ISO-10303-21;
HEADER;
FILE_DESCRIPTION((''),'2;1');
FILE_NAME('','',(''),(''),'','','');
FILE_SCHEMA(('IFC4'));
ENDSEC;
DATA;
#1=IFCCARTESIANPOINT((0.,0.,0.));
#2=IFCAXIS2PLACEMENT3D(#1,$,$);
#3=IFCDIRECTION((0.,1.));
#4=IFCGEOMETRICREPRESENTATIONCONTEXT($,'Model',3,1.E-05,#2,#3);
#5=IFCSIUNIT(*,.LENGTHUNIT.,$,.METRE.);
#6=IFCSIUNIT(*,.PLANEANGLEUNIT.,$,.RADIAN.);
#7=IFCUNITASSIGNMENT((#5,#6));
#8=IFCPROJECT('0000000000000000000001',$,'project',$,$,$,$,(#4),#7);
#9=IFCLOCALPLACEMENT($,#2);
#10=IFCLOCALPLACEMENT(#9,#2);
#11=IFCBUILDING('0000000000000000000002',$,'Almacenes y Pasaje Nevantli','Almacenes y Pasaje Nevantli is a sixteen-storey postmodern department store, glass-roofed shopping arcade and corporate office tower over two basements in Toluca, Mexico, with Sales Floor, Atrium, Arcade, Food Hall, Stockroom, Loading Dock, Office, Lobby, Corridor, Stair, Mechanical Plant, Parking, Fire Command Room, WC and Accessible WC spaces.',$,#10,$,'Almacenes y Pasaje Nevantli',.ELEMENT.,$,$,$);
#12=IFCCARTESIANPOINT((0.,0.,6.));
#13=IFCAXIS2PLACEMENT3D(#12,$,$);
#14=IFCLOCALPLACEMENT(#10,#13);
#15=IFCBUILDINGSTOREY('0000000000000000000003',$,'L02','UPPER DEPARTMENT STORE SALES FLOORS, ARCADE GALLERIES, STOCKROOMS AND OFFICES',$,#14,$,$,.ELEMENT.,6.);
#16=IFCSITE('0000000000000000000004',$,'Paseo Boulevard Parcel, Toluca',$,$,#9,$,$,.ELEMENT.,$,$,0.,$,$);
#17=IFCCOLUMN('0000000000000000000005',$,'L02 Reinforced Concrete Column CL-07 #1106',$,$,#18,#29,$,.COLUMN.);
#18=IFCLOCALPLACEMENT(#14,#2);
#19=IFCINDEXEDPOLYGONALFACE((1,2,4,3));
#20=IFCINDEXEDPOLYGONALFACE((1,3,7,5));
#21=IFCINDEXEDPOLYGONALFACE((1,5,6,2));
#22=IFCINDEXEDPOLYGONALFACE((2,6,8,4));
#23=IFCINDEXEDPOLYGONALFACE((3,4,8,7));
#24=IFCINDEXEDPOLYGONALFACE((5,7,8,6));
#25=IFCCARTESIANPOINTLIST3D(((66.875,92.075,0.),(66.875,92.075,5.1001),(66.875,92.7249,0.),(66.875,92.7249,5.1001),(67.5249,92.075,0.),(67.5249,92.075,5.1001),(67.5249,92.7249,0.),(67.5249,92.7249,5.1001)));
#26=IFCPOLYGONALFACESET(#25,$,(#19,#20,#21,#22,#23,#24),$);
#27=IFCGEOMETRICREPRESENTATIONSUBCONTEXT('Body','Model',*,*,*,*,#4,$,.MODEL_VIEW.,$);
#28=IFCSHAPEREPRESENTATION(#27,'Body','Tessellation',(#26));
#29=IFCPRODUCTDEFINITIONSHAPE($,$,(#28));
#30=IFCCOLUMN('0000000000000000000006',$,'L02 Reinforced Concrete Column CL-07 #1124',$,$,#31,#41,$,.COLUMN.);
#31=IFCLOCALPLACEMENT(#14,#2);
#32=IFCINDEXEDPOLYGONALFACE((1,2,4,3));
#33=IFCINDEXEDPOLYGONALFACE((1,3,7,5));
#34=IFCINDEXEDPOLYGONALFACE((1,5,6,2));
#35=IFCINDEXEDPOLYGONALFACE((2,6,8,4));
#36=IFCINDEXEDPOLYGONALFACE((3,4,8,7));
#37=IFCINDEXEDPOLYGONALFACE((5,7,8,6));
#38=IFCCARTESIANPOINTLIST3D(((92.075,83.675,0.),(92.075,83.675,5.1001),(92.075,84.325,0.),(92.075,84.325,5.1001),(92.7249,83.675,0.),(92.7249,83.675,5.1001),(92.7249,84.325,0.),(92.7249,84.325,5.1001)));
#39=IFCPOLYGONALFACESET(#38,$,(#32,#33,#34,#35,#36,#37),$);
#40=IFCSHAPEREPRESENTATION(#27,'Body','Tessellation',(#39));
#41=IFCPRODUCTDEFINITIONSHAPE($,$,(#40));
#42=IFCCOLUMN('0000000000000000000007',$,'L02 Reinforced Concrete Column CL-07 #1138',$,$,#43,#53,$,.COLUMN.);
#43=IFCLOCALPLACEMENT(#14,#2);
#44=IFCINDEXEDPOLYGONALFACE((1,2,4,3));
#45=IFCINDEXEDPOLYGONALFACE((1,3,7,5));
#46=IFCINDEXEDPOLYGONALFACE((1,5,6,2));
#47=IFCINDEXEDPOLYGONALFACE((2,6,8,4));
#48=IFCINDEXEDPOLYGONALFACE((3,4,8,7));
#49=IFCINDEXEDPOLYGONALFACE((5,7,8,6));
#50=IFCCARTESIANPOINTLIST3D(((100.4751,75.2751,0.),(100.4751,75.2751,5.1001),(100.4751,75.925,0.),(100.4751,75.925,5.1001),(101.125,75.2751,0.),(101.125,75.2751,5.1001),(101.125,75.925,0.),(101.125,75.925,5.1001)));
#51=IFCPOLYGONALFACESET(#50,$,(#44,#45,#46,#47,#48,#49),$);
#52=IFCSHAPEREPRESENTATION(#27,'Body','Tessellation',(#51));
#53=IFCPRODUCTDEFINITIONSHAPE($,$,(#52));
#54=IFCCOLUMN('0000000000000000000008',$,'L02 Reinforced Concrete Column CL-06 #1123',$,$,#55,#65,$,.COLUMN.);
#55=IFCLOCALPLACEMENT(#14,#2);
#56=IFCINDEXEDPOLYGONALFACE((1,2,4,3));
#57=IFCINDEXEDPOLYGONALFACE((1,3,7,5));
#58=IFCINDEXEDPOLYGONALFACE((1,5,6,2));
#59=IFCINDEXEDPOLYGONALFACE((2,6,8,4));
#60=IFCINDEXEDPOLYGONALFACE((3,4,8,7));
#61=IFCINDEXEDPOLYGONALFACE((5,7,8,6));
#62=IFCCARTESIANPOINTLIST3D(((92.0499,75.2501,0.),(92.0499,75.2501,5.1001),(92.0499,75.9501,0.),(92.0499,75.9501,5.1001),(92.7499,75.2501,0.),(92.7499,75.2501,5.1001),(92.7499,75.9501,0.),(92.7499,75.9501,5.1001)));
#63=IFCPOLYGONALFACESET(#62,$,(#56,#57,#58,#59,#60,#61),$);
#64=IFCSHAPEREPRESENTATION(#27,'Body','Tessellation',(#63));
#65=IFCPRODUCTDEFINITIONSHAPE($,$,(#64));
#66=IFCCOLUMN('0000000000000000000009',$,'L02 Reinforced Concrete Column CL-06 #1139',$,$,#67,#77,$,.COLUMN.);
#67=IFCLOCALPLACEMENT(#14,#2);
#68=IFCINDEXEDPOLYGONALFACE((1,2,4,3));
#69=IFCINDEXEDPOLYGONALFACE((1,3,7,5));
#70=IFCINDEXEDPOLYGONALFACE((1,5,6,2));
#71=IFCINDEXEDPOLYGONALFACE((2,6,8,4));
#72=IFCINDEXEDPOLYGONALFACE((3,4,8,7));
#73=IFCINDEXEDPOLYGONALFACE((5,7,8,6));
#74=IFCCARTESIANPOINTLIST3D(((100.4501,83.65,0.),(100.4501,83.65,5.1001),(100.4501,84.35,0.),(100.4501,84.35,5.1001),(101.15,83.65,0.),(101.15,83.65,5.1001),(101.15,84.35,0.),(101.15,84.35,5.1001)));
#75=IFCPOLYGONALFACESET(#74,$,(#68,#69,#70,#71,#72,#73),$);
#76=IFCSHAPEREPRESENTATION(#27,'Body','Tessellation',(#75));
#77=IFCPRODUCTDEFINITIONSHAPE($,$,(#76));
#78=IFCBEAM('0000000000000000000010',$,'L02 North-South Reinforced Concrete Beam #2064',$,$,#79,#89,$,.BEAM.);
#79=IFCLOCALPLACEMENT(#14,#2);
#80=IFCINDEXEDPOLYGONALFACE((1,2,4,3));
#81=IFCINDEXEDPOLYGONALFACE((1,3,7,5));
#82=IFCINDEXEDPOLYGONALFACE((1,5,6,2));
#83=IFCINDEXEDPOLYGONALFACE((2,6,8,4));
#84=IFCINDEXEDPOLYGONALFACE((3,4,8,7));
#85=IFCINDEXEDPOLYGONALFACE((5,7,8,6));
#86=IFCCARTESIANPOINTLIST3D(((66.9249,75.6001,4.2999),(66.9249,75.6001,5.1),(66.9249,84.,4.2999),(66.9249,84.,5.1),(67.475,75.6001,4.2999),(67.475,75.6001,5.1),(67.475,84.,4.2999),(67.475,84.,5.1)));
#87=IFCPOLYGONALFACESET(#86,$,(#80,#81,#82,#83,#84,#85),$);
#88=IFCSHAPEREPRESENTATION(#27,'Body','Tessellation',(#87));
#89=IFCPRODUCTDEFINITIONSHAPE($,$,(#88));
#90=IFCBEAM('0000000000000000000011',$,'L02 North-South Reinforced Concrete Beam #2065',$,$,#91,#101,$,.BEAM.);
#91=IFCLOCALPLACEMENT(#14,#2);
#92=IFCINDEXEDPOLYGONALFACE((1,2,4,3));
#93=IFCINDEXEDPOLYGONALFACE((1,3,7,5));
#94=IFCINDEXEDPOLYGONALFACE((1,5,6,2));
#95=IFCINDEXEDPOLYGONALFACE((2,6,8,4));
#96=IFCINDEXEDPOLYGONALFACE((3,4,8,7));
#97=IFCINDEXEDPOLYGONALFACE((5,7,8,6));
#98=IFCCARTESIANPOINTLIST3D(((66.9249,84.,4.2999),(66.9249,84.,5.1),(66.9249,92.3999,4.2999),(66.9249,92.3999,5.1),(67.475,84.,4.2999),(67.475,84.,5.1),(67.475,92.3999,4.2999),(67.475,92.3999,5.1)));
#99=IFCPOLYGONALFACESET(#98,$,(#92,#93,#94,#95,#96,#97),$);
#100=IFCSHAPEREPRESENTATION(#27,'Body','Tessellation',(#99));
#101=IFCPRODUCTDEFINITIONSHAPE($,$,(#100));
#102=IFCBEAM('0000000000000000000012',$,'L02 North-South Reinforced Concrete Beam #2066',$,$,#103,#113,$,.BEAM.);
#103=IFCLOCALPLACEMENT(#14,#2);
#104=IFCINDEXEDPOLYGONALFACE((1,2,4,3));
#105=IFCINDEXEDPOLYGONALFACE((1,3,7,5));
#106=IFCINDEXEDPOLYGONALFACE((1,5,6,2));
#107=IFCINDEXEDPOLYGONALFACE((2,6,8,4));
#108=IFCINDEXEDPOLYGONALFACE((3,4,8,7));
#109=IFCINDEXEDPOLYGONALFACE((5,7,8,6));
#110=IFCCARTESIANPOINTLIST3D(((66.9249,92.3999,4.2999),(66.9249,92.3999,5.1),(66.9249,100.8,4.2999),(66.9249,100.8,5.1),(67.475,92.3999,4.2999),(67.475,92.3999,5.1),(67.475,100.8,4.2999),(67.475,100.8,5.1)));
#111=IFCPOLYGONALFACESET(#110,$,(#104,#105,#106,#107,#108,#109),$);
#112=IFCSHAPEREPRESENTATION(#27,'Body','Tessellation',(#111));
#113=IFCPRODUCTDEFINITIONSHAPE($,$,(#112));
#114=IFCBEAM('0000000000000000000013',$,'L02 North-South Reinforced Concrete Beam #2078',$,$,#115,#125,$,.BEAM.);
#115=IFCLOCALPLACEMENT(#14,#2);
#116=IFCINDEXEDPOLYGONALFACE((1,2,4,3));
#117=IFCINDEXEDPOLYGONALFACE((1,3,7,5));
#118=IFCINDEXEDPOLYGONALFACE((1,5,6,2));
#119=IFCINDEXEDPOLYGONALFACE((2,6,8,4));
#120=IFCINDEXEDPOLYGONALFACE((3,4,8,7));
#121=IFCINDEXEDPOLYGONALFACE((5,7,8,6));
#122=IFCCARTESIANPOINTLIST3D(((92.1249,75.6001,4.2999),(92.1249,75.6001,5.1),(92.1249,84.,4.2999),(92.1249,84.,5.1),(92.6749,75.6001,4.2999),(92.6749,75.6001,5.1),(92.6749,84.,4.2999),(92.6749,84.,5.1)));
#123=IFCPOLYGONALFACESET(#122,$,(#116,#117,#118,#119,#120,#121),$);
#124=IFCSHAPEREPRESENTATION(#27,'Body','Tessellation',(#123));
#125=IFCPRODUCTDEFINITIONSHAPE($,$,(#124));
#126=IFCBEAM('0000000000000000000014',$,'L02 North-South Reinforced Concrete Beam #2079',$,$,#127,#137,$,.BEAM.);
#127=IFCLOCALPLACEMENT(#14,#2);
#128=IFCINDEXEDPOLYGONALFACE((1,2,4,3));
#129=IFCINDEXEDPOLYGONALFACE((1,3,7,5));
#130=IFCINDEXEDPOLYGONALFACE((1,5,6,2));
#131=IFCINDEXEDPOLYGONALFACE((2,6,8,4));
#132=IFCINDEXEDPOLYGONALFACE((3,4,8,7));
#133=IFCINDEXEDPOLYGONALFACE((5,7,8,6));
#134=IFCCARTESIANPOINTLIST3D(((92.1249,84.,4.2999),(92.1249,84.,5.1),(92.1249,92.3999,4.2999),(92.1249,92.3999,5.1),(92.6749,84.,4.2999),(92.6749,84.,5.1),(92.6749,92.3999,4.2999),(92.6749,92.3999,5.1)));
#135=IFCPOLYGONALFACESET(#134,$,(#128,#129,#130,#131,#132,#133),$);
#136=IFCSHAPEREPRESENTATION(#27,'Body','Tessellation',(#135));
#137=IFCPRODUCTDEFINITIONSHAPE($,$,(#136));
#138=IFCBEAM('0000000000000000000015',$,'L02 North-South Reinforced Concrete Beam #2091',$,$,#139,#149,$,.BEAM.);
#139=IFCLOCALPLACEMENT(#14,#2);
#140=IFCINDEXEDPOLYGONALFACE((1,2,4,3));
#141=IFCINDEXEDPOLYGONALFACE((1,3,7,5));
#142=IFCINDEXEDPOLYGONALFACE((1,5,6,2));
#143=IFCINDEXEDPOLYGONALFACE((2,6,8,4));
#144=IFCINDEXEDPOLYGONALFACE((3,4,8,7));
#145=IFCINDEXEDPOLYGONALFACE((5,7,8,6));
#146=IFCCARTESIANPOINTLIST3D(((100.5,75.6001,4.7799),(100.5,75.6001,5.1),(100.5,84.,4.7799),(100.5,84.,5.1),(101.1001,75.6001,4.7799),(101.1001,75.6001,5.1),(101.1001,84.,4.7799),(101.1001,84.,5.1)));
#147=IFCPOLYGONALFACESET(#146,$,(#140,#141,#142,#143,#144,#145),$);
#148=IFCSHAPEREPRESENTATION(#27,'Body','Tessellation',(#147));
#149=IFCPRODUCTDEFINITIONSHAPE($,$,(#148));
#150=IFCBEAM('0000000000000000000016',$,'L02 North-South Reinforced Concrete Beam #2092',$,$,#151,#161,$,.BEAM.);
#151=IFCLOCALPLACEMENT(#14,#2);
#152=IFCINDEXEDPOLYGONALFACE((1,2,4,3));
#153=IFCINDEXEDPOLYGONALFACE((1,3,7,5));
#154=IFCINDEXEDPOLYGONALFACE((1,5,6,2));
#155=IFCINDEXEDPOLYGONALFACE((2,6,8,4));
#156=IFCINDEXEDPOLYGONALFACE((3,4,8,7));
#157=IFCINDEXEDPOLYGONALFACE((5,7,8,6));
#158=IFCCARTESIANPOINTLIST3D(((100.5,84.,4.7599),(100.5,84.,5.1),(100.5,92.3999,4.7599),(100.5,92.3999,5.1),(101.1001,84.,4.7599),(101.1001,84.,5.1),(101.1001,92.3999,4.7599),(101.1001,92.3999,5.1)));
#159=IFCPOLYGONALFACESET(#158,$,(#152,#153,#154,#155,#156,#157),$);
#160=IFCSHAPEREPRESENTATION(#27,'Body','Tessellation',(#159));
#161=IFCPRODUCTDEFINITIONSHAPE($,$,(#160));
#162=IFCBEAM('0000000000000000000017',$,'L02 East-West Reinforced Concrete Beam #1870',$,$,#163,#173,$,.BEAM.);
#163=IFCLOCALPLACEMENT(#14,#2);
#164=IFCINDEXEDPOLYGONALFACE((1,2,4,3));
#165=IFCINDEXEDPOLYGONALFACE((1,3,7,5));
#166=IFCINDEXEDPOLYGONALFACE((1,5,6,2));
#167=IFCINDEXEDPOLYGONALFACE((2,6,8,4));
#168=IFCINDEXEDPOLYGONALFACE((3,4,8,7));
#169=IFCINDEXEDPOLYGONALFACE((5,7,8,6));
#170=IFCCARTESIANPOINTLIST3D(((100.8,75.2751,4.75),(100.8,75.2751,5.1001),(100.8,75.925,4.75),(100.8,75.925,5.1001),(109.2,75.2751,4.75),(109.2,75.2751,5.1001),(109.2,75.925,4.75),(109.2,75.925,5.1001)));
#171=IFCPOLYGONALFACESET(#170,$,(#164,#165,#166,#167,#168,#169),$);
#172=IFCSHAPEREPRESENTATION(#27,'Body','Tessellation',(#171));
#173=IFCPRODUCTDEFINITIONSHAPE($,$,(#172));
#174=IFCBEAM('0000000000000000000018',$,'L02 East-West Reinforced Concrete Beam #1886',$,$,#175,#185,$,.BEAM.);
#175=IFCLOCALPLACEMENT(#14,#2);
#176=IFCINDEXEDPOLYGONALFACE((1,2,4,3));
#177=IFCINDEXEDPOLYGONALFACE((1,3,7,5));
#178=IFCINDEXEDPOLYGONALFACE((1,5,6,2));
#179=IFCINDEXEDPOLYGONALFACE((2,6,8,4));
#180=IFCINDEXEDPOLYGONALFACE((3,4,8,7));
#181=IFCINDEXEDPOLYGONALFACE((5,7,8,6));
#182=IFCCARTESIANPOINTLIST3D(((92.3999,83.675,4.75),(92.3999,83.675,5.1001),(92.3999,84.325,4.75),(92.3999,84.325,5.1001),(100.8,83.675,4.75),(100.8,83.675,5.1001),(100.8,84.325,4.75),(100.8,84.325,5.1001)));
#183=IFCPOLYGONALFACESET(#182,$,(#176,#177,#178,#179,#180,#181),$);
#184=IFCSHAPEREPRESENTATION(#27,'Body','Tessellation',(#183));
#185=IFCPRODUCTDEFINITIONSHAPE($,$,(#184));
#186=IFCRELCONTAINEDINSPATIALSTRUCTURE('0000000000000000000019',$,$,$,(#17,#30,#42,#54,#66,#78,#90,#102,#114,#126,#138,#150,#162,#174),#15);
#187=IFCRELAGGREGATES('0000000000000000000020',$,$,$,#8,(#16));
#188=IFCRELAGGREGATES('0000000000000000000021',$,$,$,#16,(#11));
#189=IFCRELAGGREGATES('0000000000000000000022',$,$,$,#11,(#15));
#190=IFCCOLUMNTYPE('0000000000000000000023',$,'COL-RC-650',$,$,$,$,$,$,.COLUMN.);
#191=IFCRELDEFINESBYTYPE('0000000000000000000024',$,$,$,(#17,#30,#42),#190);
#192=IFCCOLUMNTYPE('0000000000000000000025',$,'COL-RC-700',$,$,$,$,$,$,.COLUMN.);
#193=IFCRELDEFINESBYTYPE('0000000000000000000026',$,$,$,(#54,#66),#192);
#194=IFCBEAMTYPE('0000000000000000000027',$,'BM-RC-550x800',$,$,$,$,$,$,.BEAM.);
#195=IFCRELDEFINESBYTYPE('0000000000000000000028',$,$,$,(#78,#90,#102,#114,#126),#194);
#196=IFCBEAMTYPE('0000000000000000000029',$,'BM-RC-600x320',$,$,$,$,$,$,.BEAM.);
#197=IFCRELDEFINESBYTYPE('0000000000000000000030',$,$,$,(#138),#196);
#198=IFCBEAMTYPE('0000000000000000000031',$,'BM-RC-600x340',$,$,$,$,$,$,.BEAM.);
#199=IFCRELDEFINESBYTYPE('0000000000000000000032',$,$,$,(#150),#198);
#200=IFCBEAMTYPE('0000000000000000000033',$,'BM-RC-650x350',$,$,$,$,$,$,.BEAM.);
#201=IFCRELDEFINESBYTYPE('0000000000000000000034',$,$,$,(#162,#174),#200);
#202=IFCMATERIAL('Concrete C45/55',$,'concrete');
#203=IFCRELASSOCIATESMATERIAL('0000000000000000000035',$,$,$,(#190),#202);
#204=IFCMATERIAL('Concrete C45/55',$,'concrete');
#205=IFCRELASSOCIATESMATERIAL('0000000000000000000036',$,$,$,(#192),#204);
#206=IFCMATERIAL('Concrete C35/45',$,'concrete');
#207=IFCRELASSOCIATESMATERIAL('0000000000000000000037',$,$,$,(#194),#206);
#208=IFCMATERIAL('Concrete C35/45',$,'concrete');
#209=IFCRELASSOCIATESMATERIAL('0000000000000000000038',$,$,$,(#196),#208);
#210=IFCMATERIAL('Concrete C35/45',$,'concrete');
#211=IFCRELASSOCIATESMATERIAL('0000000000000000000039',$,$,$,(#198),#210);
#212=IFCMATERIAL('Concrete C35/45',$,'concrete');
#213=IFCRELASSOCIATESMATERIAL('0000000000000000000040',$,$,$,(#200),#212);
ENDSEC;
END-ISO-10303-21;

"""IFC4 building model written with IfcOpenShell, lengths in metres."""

from ifc_helpers import new_model, si_unit, direction, frame, origin, origin_2d, place, context, subcontext, project, spatial, rectangle, extrude, material, material_profile, profile_set, type_object, element, save


model = new_model("IFC4")

# Units and contexts
model_context = context("Model", 3, precision=1e-05, world=origin(), true_north=direction((0.0, 1.0)))
body_context = subcontext(model_context, "Body", "Model", "MODEL_VIEW")
ifc_project = project(units=[si_unit("LENGTHUNIT", "METRE"), si_unit("PLANEANGLEUNIT", "RADIAN")], contexts=[model_context])

# Site, building, storey
site_placement = place(None, origin())
site = spatial("IfcSite", under=ifc_project, at=site_placement, Name="Paseo Boulevard Parcel, Toluca", CompositionType="ELEMENT", RefElevation=0.0)
building_placement = place(site_placement, origin())
building = spatial("IfcBuilding", under=site, at=building_placement, Name="Almacenes y Pasaje Nevantli", Description="Almacenes y Pasaje Nevantli is a sixteen-storey postmodern department store, glass-roofed shopping arcade and corporate office tower over two basements in Toluca, Mexico, with Sales Floor, Atrium, Arcade, Food Hall, Stockroom, Loading Dock, Office, Lobby, Corridor, Stair, Mechanical Plant, Parking, Fire Command Room, WC and Accessible WC spaces.", LongName="Almacenes y Pasaje Nevantli", CompositionType="ELEMENT")
storey_placement = place(building_placement, frame((0.0, 0.0, 6.0)))
storey = spatial("IfcBuildingStorey", under=building, at=storey_placement, Name="L02", Description="UPPER DEPARTMENT STORE SALES FLOORS, ARCADE GALLERIES, STOCKROOMS AND OFFICES", CompositionType="ELEMENT", Elevation=6.0)

# Columns
ifc_material_1 = material(Name="Concrete C45/55", Category="concrete")
ifc_material_profile_1 = material_profile(ifc_material_1, rectangle(XDim=0.6499, YDim=0.6499, at=origin_2d()), Name="RC-COL-650x650")
ifc_profile_set_1 = profile_set([ifc_material_profile_1], Name="Concrete C45/55")
column_type_1 = type_object("IfcColumnType", Name="COL-RC-650", PredefinedType="COLUMN", material=ifc_profile_set_1)
for number, where, z_axis, x_axis, name in (
    (1, (67.2, 92.3999, 0.0), (0.0, 0.0, 1.0), (1.0, 0.0, 0.0), "L02 Reinforced Concrete Column CL-07 #1106"),
    (2, (92.3999, 84.0, 0.0), (0.0, 0.0, 1.0), (1.0, 0.0, 0.0), "L02 Reinforced Concrete Column CL-07 #1124"),
    (3, (100.8, 75.6001, 0.0), (0.0, 0.0, 1.0), (1.0, 0.0, 0.0), "L02 Reinforced Concrete Column CL-07 #1138"),
):
    element("IfcColumn", number, at=place(storey_placement, frame(where, z_axis=z_axis, x_axis=x_axis)), inside=storey, type_object=column_type_1, Name=name, PredefinedType="COLUMN", context=body_context, shape_type="SweptSolid", body=[
        extrude(rectangle(XDim=0.6499, YDim=0.6499, at=origin_2d()), origin(), (0.0, 0.0, 1.0), 5.1001),
    ])
ifc_material_2 = material(Name="Concrete C45/55", Category="concrete")
ifc_material_profile_2 = material_profile(ifc_material_2, rectangle(XDim=0.7, YDim=0.7, at=origin_2d()), Name="RC-COL-700x700")
ifc_profile_set_2 = profile_set([ifc_material_profile_2], Name="Concrete C45/55")
column_type_2 = type_object("IfcColumnType", Name="COL-RC-700", PredefinedType="COLUMN", material=ifc_profile_set_2)
for number, where, z_axis, x_axis, name in (
    (4, (92.3999, 75.6001, 0.0), (0.0, 0.0, 1.0), (1.0, 0.0, 0.0), "L02 Reinforced Concrete Column CL-06 #1123"),
    (5, (100.8, 84.0, 0.0), (0.0, 0.0, 1.0), (1.0, 0.0, 0.0), "L02 Reinforced Concrete Column CL-06 #1139"),
):
    element("IfcColumn", number, at=place(storey_placement, frame(where, z_axis=z_axis, x_axis=x_axis)), inside=storey, type_object=column_type_2, Name=name, PredefinedType="COLUMN", context=body_context, shape_type="SweptSolid", body=[
        extrude(rectangle(XDim=0.7, YDim=0.7, at=origin_2d()), origin(), (0.0, 0.0, 1.0), 5.1001),
    ])

# Beams
ifc_material_3 = material(Name="Concrete C35/45", Category="concrete")
ifc_material_profile_3 = material_profile(ifc_material_3, rectangle(XDim=0.55, YDim=0.8, at=origin_2d()), Name="RC-BM-550x800")
ifc_profile_set_3 = profile_set([ifc_material_profile_3], Name="Concrete C35/45")
beam_type_1 = type_object("IfcBeamType", Name="BM-RC-550x800", PredefinedType="BEAM", material=ifc_profile_set_3)
for number, where, z_axis, x_axis, name in (
    (6, (67.2, 75.6001, 4.7), (0.0, 1.0, 0.0), (-1.0, 0.0, 0.0), "L02 North-South Reinforced Concrete Beam #2064"),
    (7, (67.2, 84.0, 4.7), (0.0, 1.0, 0.0), (-1.0, 0.0, 0.0), "L02 North-South Reinforced Concrete Beam #2065"),
):
    element("IfcBeam", number, at=place(storey_placement, frame(where, z_axis=z_axis, x_axis=x_axis)), inside=storey, type_object=beam_type_1, Name=name, PredefinedType="BEAM", context=body_context, shape_type="SweptSolid", body=[
        extrude(rectangle(XDim=0.55, YDim=0.8, at=origin_2d()), origin(), (0.0, 0.0, 1.0), 8.3999),
    ])
beam_1_placement = place(storey_placement, frame((67.2, 92.3999, 4.7), z_axis=(0.0, 1.0, 0.0), x_axis=(-1.0, 0.0, 0.0)))
element("IfcBeam", 8, at=beam_1_placement, inside=storey, type_object=beam_type_1, Name="L02 North-South Reinforced Concrete Beam #2066", PredefinedType="BEAM", context=body_context, shape_type="SweptSolid", body=[
    extrude(rectangle(XDim=0.55, YDim=0.8, at=origin_2d()), origin(), (0.0, 0.0, 1.0), 8.4001),
])
for number, where, z_axis, x_axis, name in (
    (9, (92.3999, 75.6001, 4.7), (0.0, 1.0, 0.0), (-1.0, 0.0, 0.0), "L02 North-South Reinforced Concrete Beam #2078"),
    (10, (92.3999, 84.0, 4.7), (0.0, 1.0, 0.0), (-1.0, 0.0, 0.0), "L02 North-South Reinforced Concrete Beam #2079"),
):
    element("IfcBeam", number, at=place(storey_placement, frame(where, z_axis=z_axis, x_axis=x_axis)), inside=storey, type_object=beam_type_1, Name=name, PredefinedType="BEAM", context=body_context, shape_type="SweptSolid", body=[
        extrude(rectangle(XDim=0.55, YDim=0.8, at=origin_2d()), origin(), (0.0, 0.0, 1.0), 8.3999),
    ])
ifc_material_4 = material(Name="Concrete C35/45", Category="concrete")
ifc_material_profile_4 = material_profile(ifc_material_4, rectangle(XDim=0.6001, YDim=0.3201, at=origin_2d()), Name="RC-BM-600x320")
ifc_profile_set_4 = profile_set([ifc_material_profile_4], Name="Concrete C35/45")
beam_type_2 = type_object("IfcBeamType", Name="BM-RC-600x320", PredefinedType="BEAM", material=ifc_profile_set_4)
beam_2_placement = place(storey_placement, frame((100.8, 75.6001, 4.9399), z_axis=(0.0, 1.0, 0.0), x_axis=(-1.0, 0.0, 0.0)))
element("IfcBeam", 11, at=beam_2_placement, inside=storey, type_object=beam_type_2, Name="L02 North-South Reinforced Concrete Beam #2091", PredefinedType="BEAM", context=body_context, shape_type="SweptSolid", body=[
    extrude(rectangle(XDim=0.6001, YDim=0.3201, at=origin_2d()), origin(), (0.0, 0.0, 1.0), 8.3999),
])
ifc_material_5 = material(Name="Concrete C35/45", Category="concrete")
ifc_material_profile_5 = material_profile(ifc_material_5, rectangle(XDim=0.6001, YDim=0.3401, at=origin_2d()), Name="RC-BM-600x340")
ifc_profile_set_5 = profile_set([ifc_material_profile_5], Name="Concrete C35/45")
beam_type_3 = type_object("IfcBeamType", Name="BM-RC-600x340", PredefinedType="BEAM", material=ifc_profile_set_5)
beam_3_placement = place(storey_placement, frame((100.8, 84.0, 4.9299), z_axis=(0.0, 1.0, 0.0), x_axis=(-1.0, 0.0, 0.0)))
element("IfcBeam", 12, at=beam_3_placement, inside=storey, type_object=beam_type_3, Name="L02 North-South Reinforced Concrete Beam #2092", PredefinedType="BEAM", context=body_context, shape_type="SweptSolid", body=[
    extrude(rectangle(XDim=0.6001, YDim=0.3401, at=origin_2d()), origin(), (0.0, 0.0, 1.0), 8.3999),
])
ifc_material_6 = material(Name="Concrete C35/45", Category="concrete")
ifc_material_profile_6 = material_profile(ifc_material_6, rectangle(XDim=0.6499, YDim=0.3501, at=origin_2d()), Name="RC-BM-650x350")
ifc_profile_set_6 = profile_set([ifc_material_profile_6], Name="Concrete C35/45")
beam_type_4 = type_object("IfcBeamType", Name="BM-RC-650x350", PredefinedType="BEAM", material=ifc_profile_set_6)
beam_4_placement = place(storey_placement, frame((100.8, 75.6001, 4.925), z_axis=(1.0, 0.0, 0.0), x_axis=(0.0, 1.0, 0.0)))
element("IfcBeam", 13, at=beam_4_placement, inside=storey, type_object=beam_type_4, Name="L02 East-West Reinforced Concrete Beam #1870", PredefinedType="BEAM", context=body_context, shape_type="SweptSolid", body=[
    extrude(rectangle(XDim=0.6499, YDim=0.3501, at=origin_2d()), origin(), (0.0, 0.0, 1.0), 8.3999),
])
beam_5_placement = place(storey_placement, frame((92.3999, 84.0, 4.925), z_axis=(1.0, 0.0, 0.0), x_axis=(0.0, 1.0, 0.0)))
element("IfcBeam", 14, at=beam_5_placement, inside=storey, type_object=beam_type_4, Name="L02 East-West Reinforced Concrete Beam #1886", PredefinedType="BEAM", context=body_context, shape_type="SweptSolid", body=[
    extrude(rectangle(XDim=0.6499, YDim=0.3501, at=origin_2d()), origin(), (0.0, 0.0, 1.0), 8.4001),
])

save(model, "model.ifc")
